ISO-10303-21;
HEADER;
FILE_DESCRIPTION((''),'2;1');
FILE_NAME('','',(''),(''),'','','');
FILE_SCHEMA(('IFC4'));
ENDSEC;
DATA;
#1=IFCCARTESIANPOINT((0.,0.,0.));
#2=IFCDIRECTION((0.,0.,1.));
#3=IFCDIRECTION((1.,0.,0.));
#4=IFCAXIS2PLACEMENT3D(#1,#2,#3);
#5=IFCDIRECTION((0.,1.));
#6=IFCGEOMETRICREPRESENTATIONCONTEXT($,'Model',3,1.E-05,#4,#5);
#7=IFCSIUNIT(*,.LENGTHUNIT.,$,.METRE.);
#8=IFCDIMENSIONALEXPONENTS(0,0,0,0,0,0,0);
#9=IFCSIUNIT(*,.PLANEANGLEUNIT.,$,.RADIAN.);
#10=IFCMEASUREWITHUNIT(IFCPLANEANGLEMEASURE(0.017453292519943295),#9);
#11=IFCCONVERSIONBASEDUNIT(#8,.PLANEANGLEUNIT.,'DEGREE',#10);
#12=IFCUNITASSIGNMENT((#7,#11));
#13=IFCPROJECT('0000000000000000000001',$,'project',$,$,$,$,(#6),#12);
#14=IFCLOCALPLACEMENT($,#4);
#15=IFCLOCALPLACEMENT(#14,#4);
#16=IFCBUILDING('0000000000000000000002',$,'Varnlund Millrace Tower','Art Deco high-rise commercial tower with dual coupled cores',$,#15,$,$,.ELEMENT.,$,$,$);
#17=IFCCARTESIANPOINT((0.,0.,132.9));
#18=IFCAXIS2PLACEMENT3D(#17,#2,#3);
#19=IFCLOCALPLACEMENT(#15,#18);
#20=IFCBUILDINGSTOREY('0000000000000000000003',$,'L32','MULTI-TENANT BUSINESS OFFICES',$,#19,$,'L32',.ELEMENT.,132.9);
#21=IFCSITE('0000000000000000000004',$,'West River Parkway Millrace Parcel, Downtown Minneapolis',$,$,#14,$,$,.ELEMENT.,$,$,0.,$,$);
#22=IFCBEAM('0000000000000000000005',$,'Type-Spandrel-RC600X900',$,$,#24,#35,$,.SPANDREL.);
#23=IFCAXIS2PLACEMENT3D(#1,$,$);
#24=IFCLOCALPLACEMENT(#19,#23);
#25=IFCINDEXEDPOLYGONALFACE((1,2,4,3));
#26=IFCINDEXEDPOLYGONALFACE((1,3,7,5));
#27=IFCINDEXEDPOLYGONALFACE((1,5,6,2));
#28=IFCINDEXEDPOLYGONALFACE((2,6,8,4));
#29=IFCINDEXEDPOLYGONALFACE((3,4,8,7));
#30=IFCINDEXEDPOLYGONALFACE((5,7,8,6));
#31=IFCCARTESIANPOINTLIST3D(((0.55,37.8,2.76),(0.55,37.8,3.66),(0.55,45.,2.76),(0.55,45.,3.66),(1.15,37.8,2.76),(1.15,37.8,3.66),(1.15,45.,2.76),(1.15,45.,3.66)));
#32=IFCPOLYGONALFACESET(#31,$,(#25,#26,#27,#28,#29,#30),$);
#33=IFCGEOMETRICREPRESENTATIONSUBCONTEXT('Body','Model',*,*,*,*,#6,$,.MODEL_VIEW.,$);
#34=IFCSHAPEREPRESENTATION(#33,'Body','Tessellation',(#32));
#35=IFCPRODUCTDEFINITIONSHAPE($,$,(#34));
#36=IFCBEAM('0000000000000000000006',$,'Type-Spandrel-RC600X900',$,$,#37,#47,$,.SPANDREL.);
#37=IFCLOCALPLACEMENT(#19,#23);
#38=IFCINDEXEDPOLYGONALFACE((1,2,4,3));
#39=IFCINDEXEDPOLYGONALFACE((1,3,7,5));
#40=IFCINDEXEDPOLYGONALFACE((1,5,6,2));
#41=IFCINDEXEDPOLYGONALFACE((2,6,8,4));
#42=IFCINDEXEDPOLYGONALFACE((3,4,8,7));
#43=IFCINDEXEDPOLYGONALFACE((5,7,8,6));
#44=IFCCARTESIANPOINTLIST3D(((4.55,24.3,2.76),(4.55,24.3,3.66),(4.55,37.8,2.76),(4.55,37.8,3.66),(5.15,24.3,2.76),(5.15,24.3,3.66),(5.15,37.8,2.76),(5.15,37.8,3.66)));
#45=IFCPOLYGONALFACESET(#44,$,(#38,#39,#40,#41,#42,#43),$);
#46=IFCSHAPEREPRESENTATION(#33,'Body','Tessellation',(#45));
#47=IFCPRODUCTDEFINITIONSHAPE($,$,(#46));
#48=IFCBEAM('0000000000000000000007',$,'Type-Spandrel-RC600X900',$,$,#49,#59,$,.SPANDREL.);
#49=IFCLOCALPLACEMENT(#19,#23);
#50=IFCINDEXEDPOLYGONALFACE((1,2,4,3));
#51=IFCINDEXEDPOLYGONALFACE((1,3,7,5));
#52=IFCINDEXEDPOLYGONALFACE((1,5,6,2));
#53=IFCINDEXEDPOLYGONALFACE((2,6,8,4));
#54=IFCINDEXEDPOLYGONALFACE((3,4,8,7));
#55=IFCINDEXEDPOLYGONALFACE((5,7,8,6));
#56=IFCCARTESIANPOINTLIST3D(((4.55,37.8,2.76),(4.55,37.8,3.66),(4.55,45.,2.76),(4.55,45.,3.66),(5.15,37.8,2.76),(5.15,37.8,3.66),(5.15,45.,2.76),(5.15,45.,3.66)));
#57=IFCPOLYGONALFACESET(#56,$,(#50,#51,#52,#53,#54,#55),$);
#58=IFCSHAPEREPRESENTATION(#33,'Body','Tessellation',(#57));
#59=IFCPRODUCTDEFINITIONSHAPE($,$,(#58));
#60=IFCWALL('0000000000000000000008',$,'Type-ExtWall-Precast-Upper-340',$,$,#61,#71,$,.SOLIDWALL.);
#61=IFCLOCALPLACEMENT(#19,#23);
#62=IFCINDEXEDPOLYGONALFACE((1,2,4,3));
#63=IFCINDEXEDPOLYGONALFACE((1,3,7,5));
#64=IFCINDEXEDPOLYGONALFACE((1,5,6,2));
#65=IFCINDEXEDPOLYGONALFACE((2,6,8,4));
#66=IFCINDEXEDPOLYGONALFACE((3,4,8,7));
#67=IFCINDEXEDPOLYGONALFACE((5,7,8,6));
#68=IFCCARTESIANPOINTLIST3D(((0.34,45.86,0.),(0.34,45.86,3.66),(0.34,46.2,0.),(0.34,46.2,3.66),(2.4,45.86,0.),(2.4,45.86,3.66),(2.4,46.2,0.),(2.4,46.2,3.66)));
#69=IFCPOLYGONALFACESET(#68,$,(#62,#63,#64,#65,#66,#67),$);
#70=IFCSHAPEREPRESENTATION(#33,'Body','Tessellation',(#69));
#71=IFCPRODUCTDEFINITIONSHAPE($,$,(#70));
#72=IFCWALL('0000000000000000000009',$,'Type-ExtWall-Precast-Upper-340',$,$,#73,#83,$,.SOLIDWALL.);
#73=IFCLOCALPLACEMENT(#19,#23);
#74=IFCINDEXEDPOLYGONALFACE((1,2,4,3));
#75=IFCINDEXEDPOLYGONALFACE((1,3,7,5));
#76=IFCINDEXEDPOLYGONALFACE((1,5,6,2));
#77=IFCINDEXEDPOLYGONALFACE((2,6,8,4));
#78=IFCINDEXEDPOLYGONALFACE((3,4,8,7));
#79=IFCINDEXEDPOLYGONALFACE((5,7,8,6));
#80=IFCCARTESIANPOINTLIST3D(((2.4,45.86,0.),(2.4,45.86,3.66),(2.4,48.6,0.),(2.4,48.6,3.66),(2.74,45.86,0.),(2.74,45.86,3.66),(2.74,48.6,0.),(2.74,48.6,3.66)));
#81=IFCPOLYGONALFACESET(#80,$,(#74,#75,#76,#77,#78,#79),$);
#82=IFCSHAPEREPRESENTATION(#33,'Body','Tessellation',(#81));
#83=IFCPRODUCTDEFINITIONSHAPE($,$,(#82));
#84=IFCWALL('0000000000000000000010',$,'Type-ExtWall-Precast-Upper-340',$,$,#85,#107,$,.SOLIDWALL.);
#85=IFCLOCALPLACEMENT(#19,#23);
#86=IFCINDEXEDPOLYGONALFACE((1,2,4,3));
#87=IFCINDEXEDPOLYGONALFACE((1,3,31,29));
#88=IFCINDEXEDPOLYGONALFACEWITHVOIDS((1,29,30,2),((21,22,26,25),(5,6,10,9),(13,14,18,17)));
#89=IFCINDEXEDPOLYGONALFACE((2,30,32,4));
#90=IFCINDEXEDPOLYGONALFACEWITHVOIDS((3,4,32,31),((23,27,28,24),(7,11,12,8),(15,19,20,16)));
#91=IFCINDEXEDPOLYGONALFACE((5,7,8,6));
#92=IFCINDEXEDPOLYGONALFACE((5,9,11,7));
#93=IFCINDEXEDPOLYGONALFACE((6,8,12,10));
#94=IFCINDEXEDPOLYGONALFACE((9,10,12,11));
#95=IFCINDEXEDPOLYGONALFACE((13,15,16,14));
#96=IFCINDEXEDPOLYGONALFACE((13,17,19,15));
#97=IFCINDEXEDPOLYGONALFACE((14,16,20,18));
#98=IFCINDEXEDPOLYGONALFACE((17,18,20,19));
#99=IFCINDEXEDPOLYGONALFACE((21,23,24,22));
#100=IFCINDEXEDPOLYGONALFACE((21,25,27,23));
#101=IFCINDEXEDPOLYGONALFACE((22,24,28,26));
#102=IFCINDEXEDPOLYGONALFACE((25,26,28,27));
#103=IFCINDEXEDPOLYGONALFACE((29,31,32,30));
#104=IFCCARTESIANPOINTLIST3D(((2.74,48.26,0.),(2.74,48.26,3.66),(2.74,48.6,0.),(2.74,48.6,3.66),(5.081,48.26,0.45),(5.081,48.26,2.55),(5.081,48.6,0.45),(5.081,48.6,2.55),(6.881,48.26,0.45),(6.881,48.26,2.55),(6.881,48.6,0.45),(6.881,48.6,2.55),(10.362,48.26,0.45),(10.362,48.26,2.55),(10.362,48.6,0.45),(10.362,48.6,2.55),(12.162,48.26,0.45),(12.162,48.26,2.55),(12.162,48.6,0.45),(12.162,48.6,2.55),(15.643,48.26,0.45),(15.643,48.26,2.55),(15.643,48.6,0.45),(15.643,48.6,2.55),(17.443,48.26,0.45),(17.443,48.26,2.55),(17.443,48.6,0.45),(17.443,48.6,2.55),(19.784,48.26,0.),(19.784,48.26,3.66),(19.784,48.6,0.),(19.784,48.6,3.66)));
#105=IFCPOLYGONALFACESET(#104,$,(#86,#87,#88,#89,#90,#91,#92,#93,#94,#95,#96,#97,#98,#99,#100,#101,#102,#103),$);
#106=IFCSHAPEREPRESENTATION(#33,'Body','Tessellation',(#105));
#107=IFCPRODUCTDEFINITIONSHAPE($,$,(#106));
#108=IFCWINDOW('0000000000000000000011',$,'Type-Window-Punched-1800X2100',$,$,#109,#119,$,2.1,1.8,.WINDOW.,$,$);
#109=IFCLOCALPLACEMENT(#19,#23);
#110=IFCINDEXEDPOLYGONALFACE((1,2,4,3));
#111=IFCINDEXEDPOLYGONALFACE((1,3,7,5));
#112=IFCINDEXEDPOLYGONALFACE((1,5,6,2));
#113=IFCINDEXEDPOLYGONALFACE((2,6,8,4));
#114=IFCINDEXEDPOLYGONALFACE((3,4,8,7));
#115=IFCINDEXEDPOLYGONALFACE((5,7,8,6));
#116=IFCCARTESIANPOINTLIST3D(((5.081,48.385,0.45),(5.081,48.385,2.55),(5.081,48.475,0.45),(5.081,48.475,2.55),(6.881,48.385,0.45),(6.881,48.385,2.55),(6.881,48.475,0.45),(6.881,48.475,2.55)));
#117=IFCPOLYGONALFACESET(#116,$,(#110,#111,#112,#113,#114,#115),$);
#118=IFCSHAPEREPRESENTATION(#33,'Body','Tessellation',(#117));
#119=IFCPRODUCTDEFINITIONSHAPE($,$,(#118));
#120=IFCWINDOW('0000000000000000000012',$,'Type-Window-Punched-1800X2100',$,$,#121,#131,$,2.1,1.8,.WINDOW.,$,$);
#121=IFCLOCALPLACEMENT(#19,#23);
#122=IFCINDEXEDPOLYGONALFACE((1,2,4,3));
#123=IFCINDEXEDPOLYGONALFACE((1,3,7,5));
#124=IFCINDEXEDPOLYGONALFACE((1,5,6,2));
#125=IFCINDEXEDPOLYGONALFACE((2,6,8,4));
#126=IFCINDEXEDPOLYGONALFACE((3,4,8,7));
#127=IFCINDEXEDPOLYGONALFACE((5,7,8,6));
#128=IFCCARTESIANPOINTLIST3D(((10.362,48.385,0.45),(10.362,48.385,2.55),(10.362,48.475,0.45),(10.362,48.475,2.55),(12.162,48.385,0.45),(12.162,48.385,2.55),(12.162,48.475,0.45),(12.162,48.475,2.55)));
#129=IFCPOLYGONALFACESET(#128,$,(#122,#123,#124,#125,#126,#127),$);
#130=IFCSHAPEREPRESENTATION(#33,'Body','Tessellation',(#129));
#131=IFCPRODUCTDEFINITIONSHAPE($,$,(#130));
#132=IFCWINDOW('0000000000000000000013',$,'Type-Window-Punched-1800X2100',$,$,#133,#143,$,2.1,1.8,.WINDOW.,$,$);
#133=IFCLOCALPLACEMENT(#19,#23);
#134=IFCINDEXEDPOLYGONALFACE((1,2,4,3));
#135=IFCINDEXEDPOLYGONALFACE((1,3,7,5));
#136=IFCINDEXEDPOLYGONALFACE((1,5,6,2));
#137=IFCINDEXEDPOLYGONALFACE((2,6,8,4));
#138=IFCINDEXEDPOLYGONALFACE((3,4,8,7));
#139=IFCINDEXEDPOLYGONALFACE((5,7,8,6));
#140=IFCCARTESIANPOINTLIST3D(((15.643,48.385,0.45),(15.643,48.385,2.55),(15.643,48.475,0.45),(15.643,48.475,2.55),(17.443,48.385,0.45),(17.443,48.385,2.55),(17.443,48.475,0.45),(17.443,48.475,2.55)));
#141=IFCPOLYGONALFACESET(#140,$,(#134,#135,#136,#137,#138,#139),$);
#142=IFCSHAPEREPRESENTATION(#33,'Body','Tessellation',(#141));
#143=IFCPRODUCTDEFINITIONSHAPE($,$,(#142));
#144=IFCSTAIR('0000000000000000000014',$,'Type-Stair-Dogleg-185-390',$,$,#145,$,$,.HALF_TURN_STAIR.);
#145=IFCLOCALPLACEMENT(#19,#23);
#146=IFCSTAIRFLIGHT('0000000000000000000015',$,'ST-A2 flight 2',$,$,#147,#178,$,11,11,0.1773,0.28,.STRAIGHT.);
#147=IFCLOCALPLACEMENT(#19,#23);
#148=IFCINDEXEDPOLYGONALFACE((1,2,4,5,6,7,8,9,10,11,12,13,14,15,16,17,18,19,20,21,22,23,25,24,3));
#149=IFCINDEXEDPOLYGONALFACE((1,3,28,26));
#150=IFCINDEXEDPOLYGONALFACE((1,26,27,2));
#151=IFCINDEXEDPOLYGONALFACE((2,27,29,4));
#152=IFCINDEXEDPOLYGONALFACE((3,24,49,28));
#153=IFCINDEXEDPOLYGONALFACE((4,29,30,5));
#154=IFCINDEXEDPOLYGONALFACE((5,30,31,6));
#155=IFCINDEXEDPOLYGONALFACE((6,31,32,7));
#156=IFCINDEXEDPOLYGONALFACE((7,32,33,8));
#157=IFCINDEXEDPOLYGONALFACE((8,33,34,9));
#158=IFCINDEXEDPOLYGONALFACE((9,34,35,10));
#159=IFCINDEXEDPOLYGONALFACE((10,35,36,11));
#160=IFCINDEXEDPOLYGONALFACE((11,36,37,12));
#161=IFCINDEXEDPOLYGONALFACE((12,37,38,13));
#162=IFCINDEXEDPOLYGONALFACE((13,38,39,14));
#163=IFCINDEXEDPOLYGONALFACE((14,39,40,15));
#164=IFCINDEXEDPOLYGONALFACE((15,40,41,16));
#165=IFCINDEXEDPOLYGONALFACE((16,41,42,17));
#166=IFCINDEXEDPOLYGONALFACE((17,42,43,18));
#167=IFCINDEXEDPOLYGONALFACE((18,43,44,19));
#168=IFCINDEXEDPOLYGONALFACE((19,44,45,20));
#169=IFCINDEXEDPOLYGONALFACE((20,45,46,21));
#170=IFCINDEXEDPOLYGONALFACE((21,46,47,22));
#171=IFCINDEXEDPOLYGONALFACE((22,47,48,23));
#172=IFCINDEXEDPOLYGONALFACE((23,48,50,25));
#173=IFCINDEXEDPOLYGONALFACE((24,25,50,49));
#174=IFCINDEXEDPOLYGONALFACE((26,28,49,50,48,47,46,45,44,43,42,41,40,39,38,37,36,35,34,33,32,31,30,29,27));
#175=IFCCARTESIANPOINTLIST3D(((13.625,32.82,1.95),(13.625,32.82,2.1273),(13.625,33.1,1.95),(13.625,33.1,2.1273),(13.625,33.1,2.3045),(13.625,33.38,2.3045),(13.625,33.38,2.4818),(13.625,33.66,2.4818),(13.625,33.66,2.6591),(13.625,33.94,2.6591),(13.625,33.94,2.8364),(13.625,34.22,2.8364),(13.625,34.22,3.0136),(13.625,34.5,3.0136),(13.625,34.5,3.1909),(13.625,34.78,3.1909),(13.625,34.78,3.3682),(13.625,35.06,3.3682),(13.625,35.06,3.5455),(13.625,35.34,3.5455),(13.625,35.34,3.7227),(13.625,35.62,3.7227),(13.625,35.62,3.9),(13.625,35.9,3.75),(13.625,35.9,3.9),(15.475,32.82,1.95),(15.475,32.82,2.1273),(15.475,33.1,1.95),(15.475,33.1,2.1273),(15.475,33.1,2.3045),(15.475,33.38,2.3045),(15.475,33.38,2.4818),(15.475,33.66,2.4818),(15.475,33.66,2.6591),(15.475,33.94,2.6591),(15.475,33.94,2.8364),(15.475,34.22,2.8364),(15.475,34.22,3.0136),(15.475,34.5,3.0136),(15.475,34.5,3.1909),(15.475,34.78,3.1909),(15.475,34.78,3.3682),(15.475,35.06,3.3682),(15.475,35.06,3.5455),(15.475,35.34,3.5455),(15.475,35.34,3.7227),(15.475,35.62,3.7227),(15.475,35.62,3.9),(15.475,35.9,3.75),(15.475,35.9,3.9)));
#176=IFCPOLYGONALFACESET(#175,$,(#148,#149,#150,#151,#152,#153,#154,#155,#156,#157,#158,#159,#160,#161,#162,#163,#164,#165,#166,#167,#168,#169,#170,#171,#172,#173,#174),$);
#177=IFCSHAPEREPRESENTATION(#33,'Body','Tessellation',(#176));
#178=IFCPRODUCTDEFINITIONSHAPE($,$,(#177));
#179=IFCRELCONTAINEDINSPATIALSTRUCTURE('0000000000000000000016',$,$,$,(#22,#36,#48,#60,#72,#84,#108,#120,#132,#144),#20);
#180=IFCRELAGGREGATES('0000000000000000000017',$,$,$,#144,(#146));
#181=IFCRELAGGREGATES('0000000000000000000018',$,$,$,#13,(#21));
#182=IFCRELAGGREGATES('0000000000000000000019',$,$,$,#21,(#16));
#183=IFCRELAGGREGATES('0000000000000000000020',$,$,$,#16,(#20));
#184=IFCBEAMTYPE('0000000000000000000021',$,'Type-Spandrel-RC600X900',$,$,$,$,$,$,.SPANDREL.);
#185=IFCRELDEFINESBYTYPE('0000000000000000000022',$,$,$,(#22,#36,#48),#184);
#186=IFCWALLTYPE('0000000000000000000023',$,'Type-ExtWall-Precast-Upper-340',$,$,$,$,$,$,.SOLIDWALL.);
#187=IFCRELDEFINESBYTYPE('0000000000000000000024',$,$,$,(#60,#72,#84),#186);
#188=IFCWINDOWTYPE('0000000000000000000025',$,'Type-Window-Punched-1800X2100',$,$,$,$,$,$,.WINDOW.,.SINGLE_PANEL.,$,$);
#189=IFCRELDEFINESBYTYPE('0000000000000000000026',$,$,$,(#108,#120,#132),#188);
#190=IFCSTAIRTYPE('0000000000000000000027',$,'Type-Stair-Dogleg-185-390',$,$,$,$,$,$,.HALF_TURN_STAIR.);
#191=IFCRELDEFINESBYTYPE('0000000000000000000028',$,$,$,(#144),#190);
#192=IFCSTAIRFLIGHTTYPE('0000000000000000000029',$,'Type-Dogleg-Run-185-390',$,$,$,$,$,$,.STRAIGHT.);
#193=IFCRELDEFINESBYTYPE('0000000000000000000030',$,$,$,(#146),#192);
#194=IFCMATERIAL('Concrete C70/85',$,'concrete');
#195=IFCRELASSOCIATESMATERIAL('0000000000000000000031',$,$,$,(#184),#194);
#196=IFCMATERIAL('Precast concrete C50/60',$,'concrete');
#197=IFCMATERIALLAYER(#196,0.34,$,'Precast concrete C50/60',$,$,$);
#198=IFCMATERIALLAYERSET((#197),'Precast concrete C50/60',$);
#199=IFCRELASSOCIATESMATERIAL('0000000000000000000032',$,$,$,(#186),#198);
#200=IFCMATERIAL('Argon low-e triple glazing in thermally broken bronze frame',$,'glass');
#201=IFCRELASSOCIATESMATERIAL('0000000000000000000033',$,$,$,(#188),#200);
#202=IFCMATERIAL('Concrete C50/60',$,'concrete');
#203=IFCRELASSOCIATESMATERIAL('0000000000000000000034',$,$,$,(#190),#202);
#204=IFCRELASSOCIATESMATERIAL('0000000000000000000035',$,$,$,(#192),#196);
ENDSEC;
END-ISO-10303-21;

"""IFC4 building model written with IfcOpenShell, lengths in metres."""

from ifc_helpers import new_model, entity, si_unit, converted_unit, direction, frame, origin_with_axes, origin_2d_with_axis, place, context, subcontext, project, spatial, polyline, rectangle, outline, extrude, material, layer, layer_set, material_profile, profile_set, type_object, element, fill, aggregate, save


model = new_model("IFC4")

# Units and contexts
model_context = context("Model", 3, precision=1e-05, world=origin_with_axes(), true_north=direction((0.0, 1.0)))
body_context = subcontext(model_context, "Body", "Model", "MODEL_VIEW")
ifc_project = project(units=[si_unit("LENGTHUNIT", "METRE"), converted_unit("PLANEANGLEUNIT", "DEGREE", entity("IfcPlaneAngleMeasure", 0.017453292519943295), si_unit("PLANEANGLEUNIT", "RADIAN"), dimensions=[0, 0, 0, 0, 0, 0, 0])], contexts=[model_context])

# Site, building, storey
site_placement = place(None, origin_with_axes())
site = spatial("IfcSite", under=ifc_project, at=site_placement, Name="West River Parkway Millrace Parcel, Downtown Minneapolis", CompositionType="ELEMENT", RefElevation=0.0)
building_placement = place(site_placement, origin_with_axes())
building = spatial("IfcBuilding", under=site, at=building_placement, Name="Varnlund Millrace Tower", Description="Art Deco high-rise commercial tower with dual coupled cores", CompositionType="ELEMENT")
storey_placement = place(building_placement, frame((0.0, 0.0, 132.9), z_axis=(0.0, 0.0, 1.0), x_axis=(1.0, 0.0, 0.0)))
storey = spatial("IfcBuildingStorey", under=building, at=storey_placement, Name="L32", Description="MULTI-TENANT BUSINESS OFFICES", LongName="L32", CompositionType="ELEMENT", Elevation=132.9)

# Beams
ifc_material_1 = material(Name="Concrete C70/85", Category="concrete")
ifc_material_profile_1 = material_profile(ifc_material_1, rectangle(XDim=0.6, YDim=0.9, at=origin_2d_with_axis()), Name="Concrete C70/85")
ifc_profile_set_1 = profile_set([ifc_material_profile_1], Name="Concrete C70/85")
beam_type_1 = type_object("IfcBeamType", Name="Type-Spandrel-RC600X900", PredefinedType="SPANDREL", material=ifc_profile_set_1)
beam_1_placement = place(storey_placement, frame((0.85, 37.8, 3.21), z_axis=(0.0, 1.0, 0.0), x_axis=(-1.0, 0.0, 0.0)))
element("IfcBeam", 1, at=beam_1_placement, inside=storey, type_object=beam_type_1, Name="Type-Spandrel-RC600X900", PredefinedType="SPANDREL", context=body_context, shape_type="SweptSolid", body=[
    extrude(rectangle(XDim=0.6, YDim=0.9, at=origin_2d_with_axis()), origin_with_axes(), (0.0, 0.0, 1.0), 7.2),
])
beam_2_placement = place(storey_placement, frame((4.85, 24.3, 3.21), z_axis=(0.0, 1.0, 0.0), x_axis=(-1.0, 0.0, 0.0)))
element("IfcBeam", 2, at=beam_2_placement, inside=storey, type_object=beam_type_1, Name="Type-Spandrel-RC600X900", PredefinedType="SPANDREL", context=body_context, shape_type="SweptSolid", body=[
    extrude(rectangle(XDim=0.6, YDim=0.9, at=origin_2d_with_axis()), origin_with_axes(), (0.0, 0.0, 1.0), 13.5),
])
beam_3_placement = place(storey_placement, frame((4.85, 37.8, 3.21), z_axis=(0.0, 1.0, 0.0), x_axis=(-1.0, 0.0, 0.0)))
element("IfcBeam", 3, at=beam_3_placement, inside=storey, type_object=beam_type_1, Name="Type-Spandrel-RC600X900", PredefinedType="SPANDREL", context=body_context, shape_type="SweptSolid", body=[
    extrude(rectangle(XDim=0.6, YDim=0.9, at=origin_2d_with_axis()), origin_with_axes(), (0.0, 0.0, 1.0), 7.2),
])

# Walls
ifc_material_2 = material(Name="Precast concrete C50/60", Category="concrete")
ifc_layer = layer(ifc_material_2, 0.34, Name="Precast concrete C50/60")
ifc_layer_set = layer_set([ifc_layer], Name="Precast concrete C50/60")
wall_type = type_object("IfcWallType", Name="Type-ExtWall-Precast-Upper-340", PredefinedType="SOLIDWALL", material=ifc_layer_set)
wall_1_placement = place(storey_placement, frame((0.34, 46.03, 0.0), z_axis=(0.0, 0.0, 1.0), x_axis=(1.0, 0.0, 0.0)))
element("IfcWall", 4, at=wall_1_placement, inside=storey, type_object=wall_type, Name="Type-ExtWall-Precast-Upper-340", PredefinedType="SOLIDWALL", context=body_context, shape_type="SweptSolid", body=[
    extrude(outline(polyline([(0.0, -0.17), (2.06, -0.17), (2.06, 0.17), (0.0, 0.17), (0.0, -0.17)])), origin_with_axes(), (0.0, 0.0, 1.0), 3.66),
])
wall_2_placement = place(storey_placement, frame((2.57, 45.86, 0.0), z_axis=(0.0, 0.0, 1.0), x_axis=(0.0, 1.0, 0.0)))
element("IfcWall", 5, at=wall_2_placement, inside=storey, type_object=wall_type, Name="Type-ExtWall-Precast-Upper-340", PredefinedType="SOLIDWALL", context=body_context, shape_type="SweptSolid", body=[
    extrude(outline(polyline([(0.0, -0.17), (2.74, -0.17), (2.74, 0.17), (0.0, 0.17), (0.0, -0.17)])), origin_with_axes(), (0.0, 0.0, 1.0), 3.66),
])

# Wall, openings, windows
wall_3_placement = place(storey_placement, frame((2.74, 48.43, 0.0), z_axis=(0.0, 0.0, 1.0), x_axis=(1.0, 0.0, 0.0)))
wall_3 = element("IfcWall", 6, at=wall_3_placement, inside=storey, type_object=wall_type, Name="Type-ExtWall-Precast-Upper-340", PredefinedType="SOLIDWALL", context=body_context, shape_type="SweptSolid", body=[
    extrude(outline(polyline([(0.0, -0.17), (17.044, -0.17), (17.044, 0.17), (0.0, 0.17), (0.0, -0.17)])), origin_with_axes(), (0.0, 0.0, 1.0), 3.66),
])
opening_1_placement = place(wall_3_placement, frame((3.241, 0.0, 0.45), z_axis=(0.0, 0.0, 1.0), x_axis=(1.0, 0.0, 0.0)))
opening_1 = element("IfcOpeningElement", 7, at=opening_1_placement, cuts=wall_3, PredefinedType="OPENING", context=body_context, shape_type="SweptSolid", body=[
    extrude(rectangle(XDim=1.8, YDim=0.36, at=origin_2d_with_axis()), origin_with_axes(), (0.0, 0.0, 1.0), 2.1),
])
opening_2_placement = place(wall_3_placement, frame((8.522, 0.0, 0.45), z_axis=(0.0, 0.0, 1.0), x_axis=(1.0, 0.0, 0.0)))
opening_2 = element("IfcOpeningElement", 8, at=opening_2_placement, cuts=wall_3, PredefinedType="OPENING", context=body_context, shape_type="SweptSolid", body=[
    extrude(rectangle(XDim=1.8, YDim=0.36, at=origin_2d_with_axis()), origin_with_axes(), (0.0, 0.0, 1.0), 2.1),
])
opening_3_placement = place(wall_3_placement, frame((13.803, 0.0, 0.45), z_axis=(0.0, 0.0, 1.0), x_axis=(1.0, 0.0, 0.0)))
opening_3 = element("IfcOpeningElement", 9, at=opening_3_placement, cuts=wall_3, PredefinedType="OPENING", context=body_context, shape_type="SweptSolid", body=[
    extrude(rectangle(XDim=1.8, YDim=0.36, at=origin_2d_with_axis()), origin_with_axes(), (0.0, 0.0, 1.0), 2.1),
])
ifc_material_3 = material(Name="Argon low-e triple glazing in thermally broken bronze frame", Category="glass")
window_type = type_object("IfcWindowType", Name="Type-Window-Punched-1800X2100", PartitioningType="SINGLE_PANEL", PredefinedType="WINDOW", material=ifc_material_3)
window_1_placement = place(wall_3_placement, frame((3.241, 0.0, 0.45), z_axis=(0.0, 0.0, 1.0), x_axis=(1.0, 0.0, 0.0)))
window_1 = element("IfcWindow", 10, at=window_1_placement, inside=storey, type_object=window_type, Name="Type-Window-Punched-1800X2100", OverallHeight=2.1, OverallWidth=1.8, PredefinedType="WINDOW", context=body_context, shape_type="SweptSolid", body=[
    extrude(rectangle(XDim=1.8, YDim=0.09, at=origin_2d_with_axis()), origin_with_axes(), (0.0, 0.0, 1.0), 2.1),
])
fill(opening_1, window_1)
window_2_placement = place(wall_3_placement, frame((8.522, 0.0, 0.45), z_axis=(0.0, 0.0, 1.0), x_axis=(1.0, 0.0, 0.0)))
window_2 = element("IfcWindow", 11, at=window_2_placement, inside=storey, type_object=window_type, Name="Type-Window-Punched-1800X2100", OverallHeight=2.1, OverallWidth=1.8, PredefinedType="WINDOW", context=body_context, shape_type="SweptSolid", body=[
    extrude(rectangle(XDim=1.8, YDim=0.09, at=origin_2d_with_axis()), origin_with_axes(), (0.0, 0.0, 1.0), 2.1),
])
fill(opening_2, window_2)
window_3_placement = place(wall_3_placement, frame((13.803, 0.0, 0.45), z_axis=(0.0, 0.0, 1.0), x_axis=(1.0, 0.0, 0.0)))
window_3 = element("IfcWindow", 12, at=window_3_placement, inside=storey, type_object=window_type, Name="Type-Window-Punched-1800X2100", OverallHeight=2.1, OverallWidth=1.8, PredefinedType="WINDOW", context=body_context, shape_type="SweptSolid", body=[
    extrude(rectangle(XDim=1.8, YDim=0.09, at=origin_2d_with_axis()), origin_with_axes(), (0.0, 0.0, 1.0), 2.1),
])
fill(opening_3, window_3)

# Stair, stair flight
ifc_material_4 = material(Name="Concrete C50/60", Category="concrete")
stair_type = type_object("IfcStairType", Name="Type-Stair-Dogleg-185-390", PredefinedType="HALF_TURN_STAIR", material=ifc_material_4)
stair_placement = place(storey_placement, origin_with_axes())
stair = element("IfcStair", 13, at=stair_placement, inside=storey, type_object=stair_type, Name="Type-Stair-Dogleg-185-390", PredefinedType="HALF_TURN_STAIR")
stair_flight_type = type_object("IfcStairFlightType", Name="Type-Dogleg-Run-185-390", PredefinedType="STRAIGHT", material=ifc_material_2)
stair_flight_placement = place(storey_placement, frame((13.625, 32.82, 1.95), z_axis=(1.0, 0.0, 0.0), x_axis=(0.0, 1.0, 0.0)))
stair_flight = element("IfcStairFlight", 14, at=stair_flight_placement, type_object=stair_flight_type, Name="ST-A2 flight 2", NumberOfRisers=11, NumberOfTreads=11, PredefinedType="STRAIGHT", RiserHeight=0.1773, TreadLength=0.28, context=body_context, shape_type="SweptSolid", body=[
    extrude(outline(polyline([(0.0, 0.0), (0.0, 0.1773), (0.28, 0.1773), (0.28, 0.3545), (0.56, 0.3545), (0.56, 0.5318), (0.84, 0.5318), (0.84, 0.7091), (1.12, 0.7091), (1.12, 0.8864), (1.4, 0.8864), (1.4, 1.0636), (1.68, 1.0636), (1.68, 1.2409), (1.96, 1.2409), (1.96, 1.4182), (2.24, 1.4182), (2.24, 1.5955), (2.52, 1.5955), (2.52, 1.7727), (2.8, 1.7727), (2.8, 1.95), (3.08, 1.95), (3.08, 1.8), (0.28, 0.0), (0.0, 0.0)])), origin_with_axes(), (0.0, 0.0, 1.0), 1.85),
])
aggregate(stair, [stair_flight])

save(model, "model.ifc")
